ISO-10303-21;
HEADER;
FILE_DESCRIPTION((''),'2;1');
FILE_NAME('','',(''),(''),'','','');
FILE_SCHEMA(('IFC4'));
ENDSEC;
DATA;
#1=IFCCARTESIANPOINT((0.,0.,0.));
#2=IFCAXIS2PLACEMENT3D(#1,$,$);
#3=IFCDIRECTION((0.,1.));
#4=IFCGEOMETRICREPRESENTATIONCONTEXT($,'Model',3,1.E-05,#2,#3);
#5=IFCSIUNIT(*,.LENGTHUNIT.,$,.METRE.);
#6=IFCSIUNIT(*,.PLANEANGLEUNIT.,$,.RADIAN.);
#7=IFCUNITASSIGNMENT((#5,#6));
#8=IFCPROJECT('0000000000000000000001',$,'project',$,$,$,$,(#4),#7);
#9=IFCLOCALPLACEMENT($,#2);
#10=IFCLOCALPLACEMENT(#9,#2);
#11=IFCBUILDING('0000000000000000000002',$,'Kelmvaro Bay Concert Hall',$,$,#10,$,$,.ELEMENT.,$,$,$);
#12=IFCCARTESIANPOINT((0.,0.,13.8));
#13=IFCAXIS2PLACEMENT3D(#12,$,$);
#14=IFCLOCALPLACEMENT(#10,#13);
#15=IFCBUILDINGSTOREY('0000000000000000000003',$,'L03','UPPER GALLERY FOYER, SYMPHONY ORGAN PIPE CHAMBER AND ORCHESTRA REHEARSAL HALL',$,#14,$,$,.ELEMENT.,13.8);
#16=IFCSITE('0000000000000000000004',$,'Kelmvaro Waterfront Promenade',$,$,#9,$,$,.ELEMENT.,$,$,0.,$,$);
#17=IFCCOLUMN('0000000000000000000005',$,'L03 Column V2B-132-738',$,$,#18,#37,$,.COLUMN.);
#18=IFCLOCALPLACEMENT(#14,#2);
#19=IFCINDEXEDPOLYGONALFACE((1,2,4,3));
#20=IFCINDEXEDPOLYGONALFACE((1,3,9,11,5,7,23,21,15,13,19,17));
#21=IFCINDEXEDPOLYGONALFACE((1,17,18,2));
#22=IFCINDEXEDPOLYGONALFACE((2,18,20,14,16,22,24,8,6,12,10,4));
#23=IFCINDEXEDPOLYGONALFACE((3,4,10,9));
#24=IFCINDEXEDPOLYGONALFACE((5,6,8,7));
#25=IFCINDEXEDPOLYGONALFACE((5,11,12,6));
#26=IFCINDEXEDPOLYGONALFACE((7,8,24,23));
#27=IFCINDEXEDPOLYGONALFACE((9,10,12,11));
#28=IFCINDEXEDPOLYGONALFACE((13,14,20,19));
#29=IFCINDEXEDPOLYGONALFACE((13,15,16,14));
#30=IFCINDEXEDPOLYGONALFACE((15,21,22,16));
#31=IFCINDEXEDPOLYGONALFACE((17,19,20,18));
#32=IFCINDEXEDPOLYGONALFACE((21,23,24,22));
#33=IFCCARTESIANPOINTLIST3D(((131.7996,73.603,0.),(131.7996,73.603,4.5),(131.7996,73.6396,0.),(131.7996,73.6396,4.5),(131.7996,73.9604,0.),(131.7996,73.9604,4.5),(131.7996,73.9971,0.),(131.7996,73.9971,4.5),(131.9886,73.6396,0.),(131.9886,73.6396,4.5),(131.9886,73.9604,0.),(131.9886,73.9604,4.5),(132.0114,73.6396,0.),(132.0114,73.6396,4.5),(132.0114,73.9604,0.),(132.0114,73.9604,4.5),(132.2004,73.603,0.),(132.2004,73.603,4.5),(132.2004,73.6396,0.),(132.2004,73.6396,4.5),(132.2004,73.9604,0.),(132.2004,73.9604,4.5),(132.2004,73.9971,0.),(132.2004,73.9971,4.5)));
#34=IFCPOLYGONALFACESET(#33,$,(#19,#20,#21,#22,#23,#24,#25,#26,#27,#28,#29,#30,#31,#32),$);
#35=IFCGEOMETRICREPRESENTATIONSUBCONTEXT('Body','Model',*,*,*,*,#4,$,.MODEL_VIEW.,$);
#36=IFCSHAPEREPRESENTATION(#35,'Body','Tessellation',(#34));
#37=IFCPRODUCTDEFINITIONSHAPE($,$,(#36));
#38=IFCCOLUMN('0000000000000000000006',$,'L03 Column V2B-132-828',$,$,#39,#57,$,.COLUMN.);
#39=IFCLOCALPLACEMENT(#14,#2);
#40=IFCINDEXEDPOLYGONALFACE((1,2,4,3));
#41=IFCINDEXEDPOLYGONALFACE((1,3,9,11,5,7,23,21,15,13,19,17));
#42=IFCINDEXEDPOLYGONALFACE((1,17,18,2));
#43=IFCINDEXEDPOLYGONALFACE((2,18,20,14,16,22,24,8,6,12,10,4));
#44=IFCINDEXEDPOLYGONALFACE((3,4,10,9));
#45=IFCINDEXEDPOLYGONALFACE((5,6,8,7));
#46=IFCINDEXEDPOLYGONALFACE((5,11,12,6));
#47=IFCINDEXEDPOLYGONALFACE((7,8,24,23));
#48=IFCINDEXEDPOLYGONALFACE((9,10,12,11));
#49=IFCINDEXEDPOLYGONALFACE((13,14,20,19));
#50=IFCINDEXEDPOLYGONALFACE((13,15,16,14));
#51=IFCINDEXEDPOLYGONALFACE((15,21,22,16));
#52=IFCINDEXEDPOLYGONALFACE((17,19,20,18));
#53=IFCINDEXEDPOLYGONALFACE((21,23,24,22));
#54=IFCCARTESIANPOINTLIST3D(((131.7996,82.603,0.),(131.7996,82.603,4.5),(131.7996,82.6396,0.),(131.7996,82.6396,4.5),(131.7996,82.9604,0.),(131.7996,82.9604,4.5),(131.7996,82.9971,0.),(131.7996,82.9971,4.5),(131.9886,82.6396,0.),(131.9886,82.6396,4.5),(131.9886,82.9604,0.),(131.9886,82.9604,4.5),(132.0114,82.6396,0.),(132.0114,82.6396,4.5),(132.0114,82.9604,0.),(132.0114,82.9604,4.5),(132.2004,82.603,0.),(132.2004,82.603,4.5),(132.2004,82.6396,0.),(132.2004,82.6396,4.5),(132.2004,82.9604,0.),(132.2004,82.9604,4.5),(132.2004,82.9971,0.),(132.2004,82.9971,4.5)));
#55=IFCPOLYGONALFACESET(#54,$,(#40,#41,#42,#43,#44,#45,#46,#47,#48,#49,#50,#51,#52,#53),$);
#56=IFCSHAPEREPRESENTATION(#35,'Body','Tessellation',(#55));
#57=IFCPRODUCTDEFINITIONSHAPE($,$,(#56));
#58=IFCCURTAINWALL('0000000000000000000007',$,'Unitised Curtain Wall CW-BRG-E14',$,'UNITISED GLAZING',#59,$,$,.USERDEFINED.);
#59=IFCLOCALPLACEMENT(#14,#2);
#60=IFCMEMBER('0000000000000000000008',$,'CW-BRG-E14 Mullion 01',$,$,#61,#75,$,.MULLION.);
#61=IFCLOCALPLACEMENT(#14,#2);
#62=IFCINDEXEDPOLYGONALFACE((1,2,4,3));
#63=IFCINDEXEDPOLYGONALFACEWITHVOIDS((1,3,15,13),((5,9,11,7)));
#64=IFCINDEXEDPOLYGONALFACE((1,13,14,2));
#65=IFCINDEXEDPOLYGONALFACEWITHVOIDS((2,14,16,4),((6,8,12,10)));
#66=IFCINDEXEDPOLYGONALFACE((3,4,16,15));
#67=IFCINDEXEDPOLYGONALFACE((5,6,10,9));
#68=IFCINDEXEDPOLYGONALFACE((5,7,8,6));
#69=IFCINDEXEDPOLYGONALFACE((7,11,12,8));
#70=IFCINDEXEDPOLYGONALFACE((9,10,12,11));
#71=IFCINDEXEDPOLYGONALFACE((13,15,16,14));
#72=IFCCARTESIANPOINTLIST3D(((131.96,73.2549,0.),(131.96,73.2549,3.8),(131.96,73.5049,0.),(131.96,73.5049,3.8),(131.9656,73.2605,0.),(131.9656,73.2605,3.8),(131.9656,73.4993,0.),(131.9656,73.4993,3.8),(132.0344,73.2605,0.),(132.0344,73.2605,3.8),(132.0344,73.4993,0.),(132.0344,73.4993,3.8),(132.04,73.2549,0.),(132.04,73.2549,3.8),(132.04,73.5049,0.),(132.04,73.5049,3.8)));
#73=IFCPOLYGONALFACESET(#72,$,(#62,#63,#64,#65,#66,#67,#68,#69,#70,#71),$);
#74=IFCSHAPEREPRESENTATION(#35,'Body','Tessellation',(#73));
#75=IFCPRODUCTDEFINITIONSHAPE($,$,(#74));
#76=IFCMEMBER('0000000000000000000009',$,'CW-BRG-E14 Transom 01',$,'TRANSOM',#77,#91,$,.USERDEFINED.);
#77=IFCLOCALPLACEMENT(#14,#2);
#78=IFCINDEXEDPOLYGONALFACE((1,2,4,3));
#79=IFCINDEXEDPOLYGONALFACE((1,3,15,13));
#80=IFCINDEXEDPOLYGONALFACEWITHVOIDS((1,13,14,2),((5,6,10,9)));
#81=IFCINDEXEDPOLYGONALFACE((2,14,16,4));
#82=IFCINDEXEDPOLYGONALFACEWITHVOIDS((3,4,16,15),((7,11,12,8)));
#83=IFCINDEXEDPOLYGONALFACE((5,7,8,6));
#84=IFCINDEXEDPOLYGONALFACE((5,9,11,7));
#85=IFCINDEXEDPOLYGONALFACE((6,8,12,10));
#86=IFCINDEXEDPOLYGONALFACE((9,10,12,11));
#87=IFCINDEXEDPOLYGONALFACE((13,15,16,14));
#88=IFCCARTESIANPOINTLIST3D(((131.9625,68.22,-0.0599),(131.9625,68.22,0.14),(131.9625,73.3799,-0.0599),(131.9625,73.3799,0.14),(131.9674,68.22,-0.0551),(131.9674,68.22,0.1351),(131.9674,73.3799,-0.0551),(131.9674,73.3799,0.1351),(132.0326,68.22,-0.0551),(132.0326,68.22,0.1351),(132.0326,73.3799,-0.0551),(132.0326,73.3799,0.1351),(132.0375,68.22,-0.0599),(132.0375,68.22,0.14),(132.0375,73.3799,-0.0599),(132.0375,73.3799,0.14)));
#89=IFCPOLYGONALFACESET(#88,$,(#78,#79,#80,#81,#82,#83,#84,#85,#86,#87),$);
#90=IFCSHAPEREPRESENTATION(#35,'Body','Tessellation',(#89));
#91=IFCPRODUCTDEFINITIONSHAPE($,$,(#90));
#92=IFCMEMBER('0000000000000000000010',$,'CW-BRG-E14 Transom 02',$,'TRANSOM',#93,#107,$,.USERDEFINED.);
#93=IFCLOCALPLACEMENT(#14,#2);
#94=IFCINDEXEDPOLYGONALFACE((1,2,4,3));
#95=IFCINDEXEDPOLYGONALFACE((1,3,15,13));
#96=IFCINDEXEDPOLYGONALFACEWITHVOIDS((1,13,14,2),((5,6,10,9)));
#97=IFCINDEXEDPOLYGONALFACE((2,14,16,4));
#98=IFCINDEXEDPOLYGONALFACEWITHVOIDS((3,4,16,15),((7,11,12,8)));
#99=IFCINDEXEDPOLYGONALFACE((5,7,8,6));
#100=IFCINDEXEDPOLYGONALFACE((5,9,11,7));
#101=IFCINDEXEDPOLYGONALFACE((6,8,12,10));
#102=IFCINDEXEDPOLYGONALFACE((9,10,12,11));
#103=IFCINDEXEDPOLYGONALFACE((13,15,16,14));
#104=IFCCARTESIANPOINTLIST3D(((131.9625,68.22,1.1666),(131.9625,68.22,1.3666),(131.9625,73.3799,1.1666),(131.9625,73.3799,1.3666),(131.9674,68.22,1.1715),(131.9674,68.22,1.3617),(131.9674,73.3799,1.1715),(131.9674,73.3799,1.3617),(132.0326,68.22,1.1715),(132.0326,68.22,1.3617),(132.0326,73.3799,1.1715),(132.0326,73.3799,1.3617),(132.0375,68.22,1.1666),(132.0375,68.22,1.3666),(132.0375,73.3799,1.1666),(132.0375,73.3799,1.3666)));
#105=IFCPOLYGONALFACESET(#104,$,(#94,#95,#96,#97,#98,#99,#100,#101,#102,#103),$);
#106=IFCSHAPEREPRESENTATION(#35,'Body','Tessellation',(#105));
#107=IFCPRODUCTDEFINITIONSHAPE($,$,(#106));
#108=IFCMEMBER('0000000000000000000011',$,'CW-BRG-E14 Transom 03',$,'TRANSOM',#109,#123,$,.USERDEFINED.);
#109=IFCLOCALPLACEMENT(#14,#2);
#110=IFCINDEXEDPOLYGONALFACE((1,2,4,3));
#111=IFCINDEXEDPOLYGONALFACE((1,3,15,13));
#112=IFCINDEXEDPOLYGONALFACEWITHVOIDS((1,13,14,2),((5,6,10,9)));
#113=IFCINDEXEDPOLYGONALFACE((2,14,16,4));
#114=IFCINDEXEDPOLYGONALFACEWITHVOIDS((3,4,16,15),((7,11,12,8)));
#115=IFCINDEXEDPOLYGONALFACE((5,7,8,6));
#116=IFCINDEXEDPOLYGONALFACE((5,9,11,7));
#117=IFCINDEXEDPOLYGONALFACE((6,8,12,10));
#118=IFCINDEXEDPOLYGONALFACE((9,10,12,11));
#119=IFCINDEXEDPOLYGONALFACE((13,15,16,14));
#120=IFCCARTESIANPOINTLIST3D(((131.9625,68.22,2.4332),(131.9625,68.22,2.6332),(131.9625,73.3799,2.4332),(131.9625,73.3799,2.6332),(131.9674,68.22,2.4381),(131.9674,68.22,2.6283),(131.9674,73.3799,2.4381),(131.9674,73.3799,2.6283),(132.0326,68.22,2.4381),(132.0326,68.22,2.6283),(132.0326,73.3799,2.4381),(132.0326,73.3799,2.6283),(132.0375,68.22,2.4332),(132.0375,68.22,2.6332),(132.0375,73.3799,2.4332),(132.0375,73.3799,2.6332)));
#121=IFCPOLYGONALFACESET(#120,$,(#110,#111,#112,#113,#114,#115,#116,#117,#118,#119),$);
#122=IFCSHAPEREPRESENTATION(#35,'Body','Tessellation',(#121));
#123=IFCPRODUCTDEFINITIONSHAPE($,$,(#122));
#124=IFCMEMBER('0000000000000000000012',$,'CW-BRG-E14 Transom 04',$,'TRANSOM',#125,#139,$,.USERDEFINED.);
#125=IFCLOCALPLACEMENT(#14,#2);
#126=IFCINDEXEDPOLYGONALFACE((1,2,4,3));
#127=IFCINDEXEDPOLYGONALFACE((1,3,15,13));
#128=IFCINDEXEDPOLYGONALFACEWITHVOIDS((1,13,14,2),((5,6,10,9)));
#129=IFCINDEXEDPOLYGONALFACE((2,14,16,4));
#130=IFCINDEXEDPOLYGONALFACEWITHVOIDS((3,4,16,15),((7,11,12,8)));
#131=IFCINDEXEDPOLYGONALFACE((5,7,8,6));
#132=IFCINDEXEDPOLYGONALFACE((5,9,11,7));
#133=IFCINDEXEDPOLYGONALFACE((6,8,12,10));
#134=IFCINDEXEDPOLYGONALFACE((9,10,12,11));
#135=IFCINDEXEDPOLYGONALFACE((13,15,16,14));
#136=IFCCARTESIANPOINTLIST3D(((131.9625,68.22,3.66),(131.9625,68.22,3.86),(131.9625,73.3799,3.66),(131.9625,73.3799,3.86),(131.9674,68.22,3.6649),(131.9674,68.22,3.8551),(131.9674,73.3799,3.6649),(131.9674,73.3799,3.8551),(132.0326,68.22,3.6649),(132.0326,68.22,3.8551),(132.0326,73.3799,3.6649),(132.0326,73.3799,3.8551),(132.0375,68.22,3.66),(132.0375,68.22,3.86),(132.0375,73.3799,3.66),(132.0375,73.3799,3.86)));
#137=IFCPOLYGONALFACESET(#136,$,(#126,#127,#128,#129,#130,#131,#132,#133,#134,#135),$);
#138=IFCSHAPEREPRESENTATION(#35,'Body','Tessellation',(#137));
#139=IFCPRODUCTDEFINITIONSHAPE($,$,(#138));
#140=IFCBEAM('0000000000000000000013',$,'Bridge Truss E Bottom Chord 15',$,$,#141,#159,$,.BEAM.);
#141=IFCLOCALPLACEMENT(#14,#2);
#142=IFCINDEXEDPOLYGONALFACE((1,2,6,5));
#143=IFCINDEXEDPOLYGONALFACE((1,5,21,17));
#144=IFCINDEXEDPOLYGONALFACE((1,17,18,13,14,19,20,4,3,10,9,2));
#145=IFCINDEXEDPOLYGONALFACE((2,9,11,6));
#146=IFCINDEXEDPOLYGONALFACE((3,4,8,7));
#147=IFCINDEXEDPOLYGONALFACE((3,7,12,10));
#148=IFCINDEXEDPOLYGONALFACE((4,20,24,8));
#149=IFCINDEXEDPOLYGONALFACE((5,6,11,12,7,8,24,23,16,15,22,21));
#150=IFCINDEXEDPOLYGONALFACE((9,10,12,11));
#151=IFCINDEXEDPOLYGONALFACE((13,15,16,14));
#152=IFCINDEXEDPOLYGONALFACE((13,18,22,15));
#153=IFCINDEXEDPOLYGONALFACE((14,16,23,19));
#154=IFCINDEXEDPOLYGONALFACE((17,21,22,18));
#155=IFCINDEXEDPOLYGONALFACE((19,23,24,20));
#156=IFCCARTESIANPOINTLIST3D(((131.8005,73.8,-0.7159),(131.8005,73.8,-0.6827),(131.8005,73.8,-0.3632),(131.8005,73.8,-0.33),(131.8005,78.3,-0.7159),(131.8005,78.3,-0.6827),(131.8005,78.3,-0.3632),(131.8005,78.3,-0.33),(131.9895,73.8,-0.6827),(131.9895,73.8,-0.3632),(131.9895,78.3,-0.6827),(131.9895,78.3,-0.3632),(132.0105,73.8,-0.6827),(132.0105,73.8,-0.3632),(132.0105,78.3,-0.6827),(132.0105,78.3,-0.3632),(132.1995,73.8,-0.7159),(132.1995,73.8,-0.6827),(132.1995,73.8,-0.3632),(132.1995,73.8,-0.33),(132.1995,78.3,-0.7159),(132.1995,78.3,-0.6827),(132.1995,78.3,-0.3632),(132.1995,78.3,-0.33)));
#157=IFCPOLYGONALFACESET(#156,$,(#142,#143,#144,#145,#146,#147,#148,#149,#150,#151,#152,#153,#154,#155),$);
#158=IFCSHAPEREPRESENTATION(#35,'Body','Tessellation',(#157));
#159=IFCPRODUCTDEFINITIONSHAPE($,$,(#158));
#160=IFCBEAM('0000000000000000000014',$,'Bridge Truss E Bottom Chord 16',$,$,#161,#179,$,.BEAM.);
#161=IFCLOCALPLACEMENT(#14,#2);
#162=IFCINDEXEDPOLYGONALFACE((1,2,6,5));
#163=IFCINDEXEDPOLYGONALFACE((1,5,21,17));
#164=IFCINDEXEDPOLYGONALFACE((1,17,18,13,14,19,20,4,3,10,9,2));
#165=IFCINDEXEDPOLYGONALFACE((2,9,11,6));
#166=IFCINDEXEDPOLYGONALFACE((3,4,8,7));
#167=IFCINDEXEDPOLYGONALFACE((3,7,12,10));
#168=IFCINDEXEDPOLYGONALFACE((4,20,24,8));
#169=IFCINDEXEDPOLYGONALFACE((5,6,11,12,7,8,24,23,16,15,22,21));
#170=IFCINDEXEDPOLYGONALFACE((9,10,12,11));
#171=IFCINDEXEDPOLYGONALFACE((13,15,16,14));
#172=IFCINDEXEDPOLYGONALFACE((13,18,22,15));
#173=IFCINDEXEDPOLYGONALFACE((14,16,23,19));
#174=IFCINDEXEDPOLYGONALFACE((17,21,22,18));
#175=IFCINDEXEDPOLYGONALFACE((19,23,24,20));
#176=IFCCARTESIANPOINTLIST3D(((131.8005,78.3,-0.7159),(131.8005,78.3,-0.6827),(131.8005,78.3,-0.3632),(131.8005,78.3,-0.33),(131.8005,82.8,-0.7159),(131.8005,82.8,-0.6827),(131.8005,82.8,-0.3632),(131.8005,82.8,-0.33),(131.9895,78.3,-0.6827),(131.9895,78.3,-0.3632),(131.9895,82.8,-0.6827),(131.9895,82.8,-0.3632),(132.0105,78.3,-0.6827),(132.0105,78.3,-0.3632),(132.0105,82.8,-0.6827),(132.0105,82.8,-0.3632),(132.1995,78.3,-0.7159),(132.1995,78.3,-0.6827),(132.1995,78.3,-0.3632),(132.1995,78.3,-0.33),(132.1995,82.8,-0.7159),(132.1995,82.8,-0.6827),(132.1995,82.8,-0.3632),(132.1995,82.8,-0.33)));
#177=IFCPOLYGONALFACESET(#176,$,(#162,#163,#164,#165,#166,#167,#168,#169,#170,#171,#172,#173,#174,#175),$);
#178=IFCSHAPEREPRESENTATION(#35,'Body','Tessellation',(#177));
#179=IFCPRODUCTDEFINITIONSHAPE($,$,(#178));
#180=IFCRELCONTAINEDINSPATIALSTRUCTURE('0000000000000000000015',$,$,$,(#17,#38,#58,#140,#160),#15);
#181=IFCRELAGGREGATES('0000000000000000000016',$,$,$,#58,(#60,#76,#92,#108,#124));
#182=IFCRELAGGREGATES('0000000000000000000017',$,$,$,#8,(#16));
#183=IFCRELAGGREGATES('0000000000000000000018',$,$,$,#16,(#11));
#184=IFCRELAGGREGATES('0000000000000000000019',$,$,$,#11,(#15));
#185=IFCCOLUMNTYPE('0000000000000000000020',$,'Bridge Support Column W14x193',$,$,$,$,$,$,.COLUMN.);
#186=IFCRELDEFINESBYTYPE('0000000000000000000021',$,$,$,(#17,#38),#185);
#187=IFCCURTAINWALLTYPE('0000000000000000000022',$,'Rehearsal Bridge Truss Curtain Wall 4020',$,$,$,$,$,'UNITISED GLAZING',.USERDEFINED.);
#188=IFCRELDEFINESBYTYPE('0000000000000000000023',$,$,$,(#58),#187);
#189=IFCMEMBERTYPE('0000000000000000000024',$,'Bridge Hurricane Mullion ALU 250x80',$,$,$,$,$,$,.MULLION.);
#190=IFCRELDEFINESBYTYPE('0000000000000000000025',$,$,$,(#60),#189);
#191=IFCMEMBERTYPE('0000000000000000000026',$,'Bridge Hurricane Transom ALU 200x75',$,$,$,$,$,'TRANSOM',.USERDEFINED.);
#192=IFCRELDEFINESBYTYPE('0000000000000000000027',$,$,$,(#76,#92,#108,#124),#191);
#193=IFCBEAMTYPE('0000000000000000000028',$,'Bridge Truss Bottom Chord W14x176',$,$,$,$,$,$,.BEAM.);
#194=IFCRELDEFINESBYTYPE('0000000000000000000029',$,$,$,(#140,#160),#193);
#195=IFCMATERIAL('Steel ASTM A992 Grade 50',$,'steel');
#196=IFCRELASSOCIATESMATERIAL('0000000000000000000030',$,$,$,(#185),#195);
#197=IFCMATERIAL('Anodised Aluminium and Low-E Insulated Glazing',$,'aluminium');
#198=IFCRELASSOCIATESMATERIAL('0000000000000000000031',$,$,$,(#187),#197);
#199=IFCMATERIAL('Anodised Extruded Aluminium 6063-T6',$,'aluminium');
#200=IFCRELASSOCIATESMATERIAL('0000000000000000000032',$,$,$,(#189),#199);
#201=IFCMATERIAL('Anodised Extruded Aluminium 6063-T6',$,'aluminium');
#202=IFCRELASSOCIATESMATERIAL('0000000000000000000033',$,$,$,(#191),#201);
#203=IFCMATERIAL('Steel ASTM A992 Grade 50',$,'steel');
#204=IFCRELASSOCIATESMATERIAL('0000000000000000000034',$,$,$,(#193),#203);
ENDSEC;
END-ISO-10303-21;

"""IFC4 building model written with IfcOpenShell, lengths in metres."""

from ifc_helpers import new_model, si_unit, direction, frame, origin, origin_2d, place, context, subcontext, project, spatial, hollow_rectangle, i_section, extrude, material, material_profile, profile_set, type_object, element, aggregate, save


model = new_model("IFC4")

# Units and contexts
model_context = context("Model", 3, precision=1e-05, world=origin(), true_north=direction((0.0, 1.0)))
body_context = subcontext(model_context, "Body", "Model", "MODEL_VIEW")
ifc_project = project(units=[si_unit("LENGTHUNIT", "METRE"), si_unit("PLANEANGLEUNIT", "RADIAN")], contexts=[model_context])

# Site, building, storey
site_placement = place(None, origin())
site = spatial("IfcSite", under=ifc_project, at=site_placement, Name="Kelmvaro Waterfront Promenade", CompositionType="ELEMENT", RefElevation=0.0)
building_placement = place(site_placement, origin())
building = spatial("IfcBuilding", under=site, at=building_placement, Name="Kelmvaro Bay Concert Hall", CompositionType="ELEMENT")
storey_placement = place(building_placement, frame((0.0, 0.0, 13.8)))
storey = spatial("IfcBuildingStorey", under=building, at=storey_placement, Name="L03", Description="UPPER GALLERY FOYER, SYMPHONY ORGAN PIPE CHAMBER AND ORCHESTRA REHEARSAL HALL", CompositionType="ELEMENT", Elevation=13.8)

# Columns
ifc_material_1 = material(Name="Steel ASTM A992 Grade 50", Category="steel")
ifc_material_profile_1 = material_profile(ifc_material_1, i_section(OverallWidth=0.4009, OverallDepth=0.394, WebThickness=0.0227, FlangeThickness=0.0366, at=origin_2d()), Name="W14X193")
ifc_profile_set_1 = profile_set([ifc_material_profile_1], Name="Steel ASTM A992 Grade 50")
column_type = type_object("IfcColumnType", Name="Bridge Support Column W14x193", PredefinedType="COLUMN", material=ifc_profile_set_1)
for number, where, z_axis, x_axis, name in (
    (1, (132.0, 73.8, 0.0), (0.0, 0.0, 1.0), (1.0, 0.0, 0.0), "L03 Column V2B-132-738"),
    (2, (132.0, 82.8, 0.0), (0.0, 0.0, 1.0), (1.0, 0.0, 0.0), "L03 Column V2B-132-828"),
):
    element("IfcColumn", number, at=place(storey_placement, frame(where, z_axis=z_axis, x_axis=x_axis)), inside=storey, type_object=column_type, Name=name, PredefinedType="COLUMN", context=body_context, shape_type="SweptSolid", body=[
        extrude(i_section(OverallWidth=0.4009, OverallDepth=0.394, WebThickness=0.0227, FlangeThickness=0.0366, at=origin_2d()), origin(), (0.0, 0.0, 1.0), 4.5),
    ])

# Curtain wall, members
ifc_material_2 = material(Name="Anodised Aluminium and Low-E Insulated Glazing", Category="aluminium")
curtain_wall_type = type_object("IfcCurtainWallType", Name="Rehearsal Bridge Truss Curtain Wall 4020", ElementType="UNITISED GLAZING", PredefinedType="USERDEFINED", material=ifc_material_2)
curtain_wall_placement = place(storey_placement, origin())
curtain_wall = element("IfcCurtainWall", 3, at=curtain_wall_placement, inside=storey, type_object=curtain_wall_type, Name="Unitised Curtain Wall CW-BRG-E14", ObjectType="UNITISED GLAZING", PredefinedType="USERDEFINED")
ifc_material_3 = material(Name="Anodised Extruded Aluminium 6063-T6", Category="aluminium")
ifc_material_profile_2 = material_profile(ifc_material_3, hollow_rectangle(XDim=0.0801, YDim=0.25, WallThickness=0.0056, at=origin_2d()), Name="ALU-MUL-250X80")
ifc_profile_set_2 = profile_set([ifc_material_profile_2], Name="Anodised Extruded Aluminium 6063-T6")
member_type_1 = type_object("IfcMemberType", Name="Bridge Hurricane Mullion ALU 250x80", PredefinedType="MULLION", material=ifc_profile_set_2)
member_1_placement = place(storey_placement, frame((132.0, 73.3799, 0.0), z_axis=(0.0, 0.0, 1.0), x_axis=(1.0, 0.0, 0.0)))
member_1 = element("IfcMember", 4, at=member_1_placement, type_object=member_type_1, Name="CW-BRG-E14 Mullion 01", PredefinedType="MULLION", context=body_context, shape_type="SweptSolid", body=[
    extrude(hollow_rectangle(XDim=0.0801, YDim=0.25, WallThickness=0.0056, at=origin_2d()), origin(), (0.0, 0.0, 1.0), 3.8),
])
ifc_material_4 = material(Name="Anodised Extruded Aluminium 6063-T6", Category="aluminium")
ifc_material_profile_3 = material_profile(ifc_material_4, hollow_rectangle(XDim=0.075, YDim=0.2, WallThickness=0.0049, at=origin_2d()), Name="ALU-TRN-200X75")
ifc_profile_set_3 = profile_set([ifc_material_profile_3], Name="Anodised Extruded Aluminium 6063-T6")
member_type_2 = type_object("IfcMemberType", Name="Bridge Hurricane Transom ALU 200x75", ElementType="TRANSOM", PredefinedType="USERDEFINED", material=ifc_profile_set_3)
member_2_placement = place(storey_placement, frame((132.0, 73.3799, 0.04), z_axis=(0.0, -1.0, 0.0), x_axis=(1.0, 0.0, 0.0)))
member_2 = element("IfcMember", 5, at=member_2_placement, type_object=member_type_2, Name="CW-BRG-E14 Transom 01", ObjectType="TRANSOM", PredefinedType="USERDEFINED", context=body_context, shape_type="SweptSolid", body=[
    extrude(hollow_rectangle(XDim=0.075, YDim=0.2, WallThickness=0.0049, at=origin_2d()), origin(), (0.0, 0.0, 1.0), 5.1599),
])
member_3_placement = place(storey_placement, frame((132.0, 73.3799, 1.2666), z_axis=(0.0, -1.0, 0.0), x_axis=(1.0, 0.0, 0.0)))
member_3 = element("IfcMember", 6, at=member_3_placement, type_object=member_type_2, Name="CW-BRG-E14 Transom 02", ObjectType="TRANSOM", PredefinedType="USERDEFINED", context=body_context, shape_type="SweptSolid", body=[
    extrude(hollow_rectangle(XDim=0.075, YDim=0.2, WallThickness=0.0049, at=origin_2d()), origin(), (0.0, 0.0, 1.0), 5.1599),
])
member_4_placement = place(storey_placement, frame((132.0, 73.3799, 2.5332), z_axis=(0.0, -1.0, 0.0), x_axis=(1.0, 0.0, 0.0)))
member_4 = element("IfcMember", 7, at=member_4_placement, type_object=member_type_2, Name="CW-BRG-E14 Transom 03", ObjectType="TRANSOM", PredefinedType="USERDEFINED", context=body_context, shape_type="SweptSolid", body=[
    extrude(hollow_rectangle(XDim=0.075, YDim=0.2, WallThickness=0.0049, at=origin_2d()), origin(), (0.0, 0.0, 1.0), 5.1599),
])
member_5_placement = place(storey_placement, frame((132.0, 73.3799, 3.76), z_axis=(0.0, -1.0, 0.0), x_axis=(1.0, 0.0, 0.0)))
member_5 = element("IfcMember", 8, at=member_5_placement, type_object=member_type_2, Name="CW-BRG-E14 Transom 04", ObjectType="TRANSOM", PredefinedType="USERDEFINED", context=body_context, shape_type="SweptSolid", body=[
    extrude(hollow_rectangle(XDim=0.075, YDim=0.2, WallThickness=0.0049, at=origin_2d()), origin(), (0.0, 0.0, 1.0), 5.1599),
])
aggregate(curtain_wall, [member_1, member_2, member_3, member_4, member_5])

# Beams
ifc_material_5 = material(Name="Steel ASTM A992 Grade 50", Category="steel")
ifc_material_profile_4 = material_profile(ifc_material_5, i_section(OverallWidth=0.3989, OverallDepth=0.386, WebThickness=0.021, FlangeThickness=0.0332, at=origin_2d()), Name="W14X176")
ifc_profile_set_4 = profile_set([ifc_material_profile_4], Name="Steel ASTM A992 Grade 50")
beam_type_1 = type_object("IfcBeamType", Name="Bridge Truss Bottom Chord W14x176", PredefinedType="BEAM", material=ifc_profile_set_4)
for number, where, z_axis, x_axis, name in (
    (9, (132.0, 73.8, -0.5229), (0.0, 1.0, 0.0), (-1.0, 0.0, 0.0), "Bridge Truss E Bottom Chord 15"),
    (10, (132.0, 78.3, -0.5229), (0.0, 1.0, 0.0), (-1.0, 0.0, 0.0), "Bridge Truss E Bottom Chord 16"),
):
    element("IfcBeam", number, at=place(storey_placement, frame(where, z_axis=z_axis, x_axis=x_axis)), inside=storey, type_object=beam_type_1, Name=name, PredefinedType="BEAM", context=body_context, shape_type="SweptSolid", body=[
        extrude(i_section(OverallWidth=0.3989, OverallDepth=0.386, WebThickness=0.021, FlangeThickness=0.0332, at=origin_2d()), origin(), (0.0, 0.0, 1.0), 4.5),
    ])

save(model, "model.ifc")
